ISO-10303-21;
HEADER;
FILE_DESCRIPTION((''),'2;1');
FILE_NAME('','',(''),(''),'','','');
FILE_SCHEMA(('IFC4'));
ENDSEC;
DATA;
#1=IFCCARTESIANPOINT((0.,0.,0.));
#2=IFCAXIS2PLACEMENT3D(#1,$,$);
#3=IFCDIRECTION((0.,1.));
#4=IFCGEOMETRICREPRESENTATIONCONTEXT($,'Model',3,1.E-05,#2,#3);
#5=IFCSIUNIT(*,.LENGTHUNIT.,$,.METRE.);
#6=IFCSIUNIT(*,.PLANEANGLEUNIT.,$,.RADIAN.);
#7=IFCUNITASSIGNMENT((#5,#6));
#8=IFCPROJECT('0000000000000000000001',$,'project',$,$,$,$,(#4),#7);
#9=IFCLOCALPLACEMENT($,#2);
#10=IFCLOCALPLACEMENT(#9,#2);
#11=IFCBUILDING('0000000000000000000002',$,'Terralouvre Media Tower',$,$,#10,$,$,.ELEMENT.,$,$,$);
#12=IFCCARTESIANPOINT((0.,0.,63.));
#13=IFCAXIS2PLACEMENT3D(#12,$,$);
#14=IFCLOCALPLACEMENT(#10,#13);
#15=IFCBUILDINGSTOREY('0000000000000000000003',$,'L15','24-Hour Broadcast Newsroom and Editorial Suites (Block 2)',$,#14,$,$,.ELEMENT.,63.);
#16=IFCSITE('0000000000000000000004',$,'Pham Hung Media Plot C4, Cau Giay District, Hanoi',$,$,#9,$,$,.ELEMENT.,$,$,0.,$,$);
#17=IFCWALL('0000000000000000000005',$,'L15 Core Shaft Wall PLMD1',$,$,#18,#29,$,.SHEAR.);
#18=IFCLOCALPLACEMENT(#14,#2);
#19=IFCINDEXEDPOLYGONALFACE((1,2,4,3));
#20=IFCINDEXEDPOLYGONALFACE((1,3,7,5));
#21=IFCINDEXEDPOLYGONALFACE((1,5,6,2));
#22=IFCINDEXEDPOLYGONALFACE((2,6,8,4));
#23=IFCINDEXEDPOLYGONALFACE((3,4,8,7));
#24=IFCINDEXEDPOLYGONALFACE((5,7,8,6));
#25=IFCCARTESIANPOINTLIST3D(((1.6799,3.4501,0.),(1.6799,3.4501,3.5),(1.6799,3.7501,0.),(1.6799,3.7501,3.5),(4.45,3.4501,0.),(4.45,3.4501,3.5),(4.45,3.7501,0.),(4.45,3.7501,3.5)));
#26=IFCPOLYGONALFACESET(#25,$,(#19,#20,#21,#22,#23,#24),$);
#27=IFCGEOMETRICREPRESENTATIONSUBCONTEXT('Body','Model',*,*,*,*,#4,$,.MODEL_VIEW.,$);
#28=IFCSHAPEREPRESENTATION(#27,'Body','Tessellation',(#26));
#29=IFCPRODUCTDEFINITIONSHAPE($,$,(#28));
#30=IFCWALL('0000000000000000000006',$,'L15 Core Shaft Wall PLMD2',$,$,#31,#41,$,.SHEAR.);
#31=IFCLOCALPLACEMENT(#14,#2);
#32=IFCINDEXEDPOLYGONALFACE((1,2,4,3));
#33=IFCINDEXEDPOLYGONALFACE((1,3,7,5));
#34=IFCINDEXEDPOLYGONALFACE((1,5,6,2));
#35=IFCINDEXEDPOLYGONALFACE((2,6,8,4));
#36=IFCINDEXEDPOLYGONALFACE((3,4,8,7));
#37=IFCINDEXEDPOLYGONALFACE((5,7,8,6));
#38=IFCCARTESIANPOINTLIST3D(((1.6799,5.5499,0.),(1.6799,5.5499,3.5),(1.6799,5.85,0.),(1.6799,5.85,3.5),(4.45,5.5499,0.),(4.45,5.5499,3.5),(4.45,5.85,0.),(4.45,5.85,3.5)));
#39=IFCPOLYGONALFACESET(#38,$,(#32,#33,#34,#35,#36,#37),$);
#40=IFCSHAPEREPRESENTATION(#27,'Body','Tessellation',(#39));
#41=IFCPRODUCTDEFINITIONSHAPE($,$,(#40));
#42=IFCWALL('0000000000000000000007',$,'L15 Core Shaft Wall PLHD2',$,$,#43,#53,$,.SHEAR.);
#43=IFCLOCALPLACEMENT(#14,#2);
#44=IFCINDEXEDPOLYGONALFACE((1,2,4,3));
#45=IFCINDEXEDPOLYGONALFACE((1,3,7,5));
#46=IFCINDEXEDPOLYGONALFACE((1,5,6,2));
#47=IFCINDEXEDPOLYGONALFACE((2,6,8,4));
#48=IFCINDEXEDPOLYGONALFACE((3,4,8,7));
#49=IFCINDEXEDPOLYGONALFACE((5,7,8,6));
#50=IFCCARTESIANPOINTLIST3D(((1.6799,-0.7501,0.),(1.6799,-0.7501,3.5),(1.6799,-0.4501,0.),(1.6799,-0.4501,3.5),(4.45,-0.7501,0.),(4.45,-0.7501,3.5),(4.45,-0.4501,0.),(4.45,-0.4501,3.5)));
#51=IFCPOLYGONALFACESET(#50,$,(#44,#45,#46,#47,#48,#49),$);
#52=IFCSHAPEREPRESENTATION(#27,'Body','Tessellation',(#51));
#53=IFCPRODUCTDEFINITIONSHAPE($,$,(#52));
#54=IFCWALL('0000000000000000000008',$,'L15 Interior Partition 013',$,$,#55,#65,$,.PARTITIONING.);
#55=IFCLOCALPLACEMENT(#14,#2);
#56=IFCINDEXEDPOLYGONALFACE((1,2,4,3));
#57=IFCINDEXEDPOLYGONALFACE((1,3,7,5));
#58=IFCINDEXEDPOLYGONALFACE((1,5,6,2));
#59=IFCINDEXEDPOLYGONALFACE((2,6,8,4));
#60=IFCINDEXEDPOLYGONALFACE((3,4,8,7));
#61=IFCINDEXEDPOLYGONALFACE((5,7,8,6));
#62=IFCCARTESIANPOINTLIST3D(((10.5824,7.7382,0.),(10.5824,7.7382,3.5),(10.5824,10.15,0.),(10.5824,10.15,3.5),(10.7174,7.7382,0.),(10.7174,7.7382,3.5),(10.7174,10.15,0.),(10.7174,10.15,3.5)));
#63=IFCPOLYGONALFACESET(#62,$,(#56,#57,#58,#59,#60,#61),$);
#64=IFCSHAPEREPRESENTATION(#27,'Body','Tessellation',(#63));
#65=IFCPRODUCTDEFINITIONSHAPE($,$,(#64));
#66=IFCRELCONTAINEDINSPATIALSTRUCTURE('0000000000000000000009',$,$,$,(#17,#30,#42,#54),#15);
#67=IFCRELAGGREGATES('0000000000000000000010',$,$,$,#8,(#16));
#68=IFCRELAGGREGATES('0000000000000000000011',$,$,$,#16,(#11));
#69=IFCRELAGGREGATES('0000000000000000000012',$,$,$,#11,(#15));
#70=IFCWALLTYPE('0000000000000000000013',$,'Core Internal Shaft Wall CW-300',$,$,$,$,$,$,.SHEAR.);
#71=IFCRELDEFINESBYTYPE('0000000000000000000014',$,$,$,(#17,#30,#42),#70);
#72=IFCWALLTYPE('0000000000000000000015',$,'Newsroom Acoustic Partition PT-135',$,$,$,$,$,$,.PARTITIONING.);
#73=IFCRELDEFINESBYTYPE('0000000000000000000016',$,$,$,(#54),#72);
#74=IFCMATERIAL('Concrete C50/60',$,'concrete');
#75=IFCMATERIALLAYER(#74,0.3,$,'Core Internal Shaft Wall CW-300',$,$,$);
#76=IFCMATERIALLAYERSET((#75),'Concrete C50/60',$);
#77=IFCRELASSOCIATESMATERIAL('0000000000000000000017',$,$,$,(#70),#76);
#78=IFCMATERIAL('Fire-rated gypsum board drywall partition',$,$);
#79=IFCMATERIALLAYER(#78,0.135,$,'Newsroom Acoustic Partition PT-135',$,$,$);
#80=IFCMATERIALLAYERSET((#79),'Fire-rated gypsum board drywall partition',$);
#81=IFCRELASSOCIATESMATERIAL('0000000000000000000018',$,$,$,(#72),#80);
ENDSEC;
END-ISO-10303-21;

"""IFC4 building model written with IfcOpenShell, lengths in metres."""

from ifc_helpers import new_model, si_unit, direction, frame, frame_2d, origin, place, context, subcontext, project, spatial, rectangle, extrude, material, layer, layer_set, type_object, element, save


model = new_model("IFC4")

# Units and contexts
model_context = context("Model", 3, precision=1e-05, world=origin(), true_north=direction((0.0, 1.0)))
body_context = subcontext(model_context, "Body", "Model", "MODEL_VIEW")
ifc_project = project(units=[si_unit("LENGTHUNIT", "METRE"), si_unit("PLANEANGLEUNIT", "RADIAN")], contexts=[model_context])

# Site, building, storey
site_placement = place(None, origin())
site = spatial("IfcSite", under=ifc_project, at=site_placement, Name="Pham Hung Media Plot C4, Cau Giay District, Hanoi", CompositionType="ELEMENT", RefElevation=0.0)
building_placement = place(site_placement, origin())
building = spatial("IfcBuilding", under=site, at=building_placement, Name="Terralouvre Media Tower", CompositionType="ELEMENT")
storey_placement = place(building_placement, frame((0.0, 0.0, 63.0)))
storey = spatial("IfcBuildingStorey", under=building, at=storey_placement, Name="L15", Description="24-Hour Broadcast Newsroom and Editorial Suites (Block 2)", CompositionType="ELEMENT", Elevation=63.0)

# Shared definitions
ifc_material_1 = material(Name="Concrete C50/60", Category="concrete")
ifc_layer_1 = layer(ifc_material_1, 0.3, Name="Core Internal Shaft Wall CW-300")
ifc_layer_set_1 = layer_set([ifc_layer_1], Name="Concrete C50/60")
wall_type_1 = type_object("IfcWallType", Name="Core Internal Shaft Wall CW-300", PredefinedType="SHEAR", material=ifc_layer_set_1)

# Walls
for number, where, z_axis, x_axis, name in (
    (1, (1.6799, 3.6001, 0.0), (0.0, 0.0, 1.0), (1.0, 0.0, 0.0), "L15 Core Shaft Wall PLMD1"),
    (2, (1.6799, 5.7, 0.0), (0.0, 0.0, 1.0), (1.0, 0.0, 0.0), "L15 Core Shaft Wall PLMD2"),
    (3, (1.6799, -0.6001, 0.0), (0.0, 0.0, 1.0), (1.0, 0.0, 0.0), "L15 Core Shaft Wall PLHD2"),
):
    element("IfcWall", number, at=place(storey_placement, frame(where, z_axis=z_axis, x_axis=x_axis)), inside=storey, type_object=wall_type_1, Name=name, PredefinedType="SHEAR", context=body_context, shape_type="SweptSolid", body=[
        extrude(rectangle(XDim=2.77, YDim=0.3, at=frame_2d((1.385, 0.0))), origin(), (0.0, 0.0, 1.0), 3.5),
    ])
ifc_material_2 = material(Name="Fire-rated gypsum board drywall partition")
ifc_layer_2 = layer(ifc_material_2, 0.135, Name="Newsroom Acoustic Partition PT-135")
ifc_layer_set_2 = layer_set([ifc_layer_2], Name="Fire-rated gypsum board drywall partition")
wall_type_2 = type_object("IfcWallType", Name="Newsroom Acoustic Partition PT-135", PredefinedType="PARTITIONING", material=ifc_layer_set_2)
wall_1_placement = place(storey_placement, frame((10.6499, 7.738, 0.0), z_axis=(0.0, 0.0, 1.0), x_axis=(0.0, 1.0, 0.0)))
element("IfcWall", 4, at=wall_1_placement, inside=storey, type_object=wall_type_2, Name="L15 Interior Partition 013", PredefinedType="PARTITIONING", context=body_context, shape_type="SweptSolid", body=[
    extrude(rectangle(XDim=2.4119, YDim=0.135, at=frame_2d((1.2061, 0.0))), origin(), (0.0, 0.0, 1.0), 3.5),
])

save(model, "model.ifc")
